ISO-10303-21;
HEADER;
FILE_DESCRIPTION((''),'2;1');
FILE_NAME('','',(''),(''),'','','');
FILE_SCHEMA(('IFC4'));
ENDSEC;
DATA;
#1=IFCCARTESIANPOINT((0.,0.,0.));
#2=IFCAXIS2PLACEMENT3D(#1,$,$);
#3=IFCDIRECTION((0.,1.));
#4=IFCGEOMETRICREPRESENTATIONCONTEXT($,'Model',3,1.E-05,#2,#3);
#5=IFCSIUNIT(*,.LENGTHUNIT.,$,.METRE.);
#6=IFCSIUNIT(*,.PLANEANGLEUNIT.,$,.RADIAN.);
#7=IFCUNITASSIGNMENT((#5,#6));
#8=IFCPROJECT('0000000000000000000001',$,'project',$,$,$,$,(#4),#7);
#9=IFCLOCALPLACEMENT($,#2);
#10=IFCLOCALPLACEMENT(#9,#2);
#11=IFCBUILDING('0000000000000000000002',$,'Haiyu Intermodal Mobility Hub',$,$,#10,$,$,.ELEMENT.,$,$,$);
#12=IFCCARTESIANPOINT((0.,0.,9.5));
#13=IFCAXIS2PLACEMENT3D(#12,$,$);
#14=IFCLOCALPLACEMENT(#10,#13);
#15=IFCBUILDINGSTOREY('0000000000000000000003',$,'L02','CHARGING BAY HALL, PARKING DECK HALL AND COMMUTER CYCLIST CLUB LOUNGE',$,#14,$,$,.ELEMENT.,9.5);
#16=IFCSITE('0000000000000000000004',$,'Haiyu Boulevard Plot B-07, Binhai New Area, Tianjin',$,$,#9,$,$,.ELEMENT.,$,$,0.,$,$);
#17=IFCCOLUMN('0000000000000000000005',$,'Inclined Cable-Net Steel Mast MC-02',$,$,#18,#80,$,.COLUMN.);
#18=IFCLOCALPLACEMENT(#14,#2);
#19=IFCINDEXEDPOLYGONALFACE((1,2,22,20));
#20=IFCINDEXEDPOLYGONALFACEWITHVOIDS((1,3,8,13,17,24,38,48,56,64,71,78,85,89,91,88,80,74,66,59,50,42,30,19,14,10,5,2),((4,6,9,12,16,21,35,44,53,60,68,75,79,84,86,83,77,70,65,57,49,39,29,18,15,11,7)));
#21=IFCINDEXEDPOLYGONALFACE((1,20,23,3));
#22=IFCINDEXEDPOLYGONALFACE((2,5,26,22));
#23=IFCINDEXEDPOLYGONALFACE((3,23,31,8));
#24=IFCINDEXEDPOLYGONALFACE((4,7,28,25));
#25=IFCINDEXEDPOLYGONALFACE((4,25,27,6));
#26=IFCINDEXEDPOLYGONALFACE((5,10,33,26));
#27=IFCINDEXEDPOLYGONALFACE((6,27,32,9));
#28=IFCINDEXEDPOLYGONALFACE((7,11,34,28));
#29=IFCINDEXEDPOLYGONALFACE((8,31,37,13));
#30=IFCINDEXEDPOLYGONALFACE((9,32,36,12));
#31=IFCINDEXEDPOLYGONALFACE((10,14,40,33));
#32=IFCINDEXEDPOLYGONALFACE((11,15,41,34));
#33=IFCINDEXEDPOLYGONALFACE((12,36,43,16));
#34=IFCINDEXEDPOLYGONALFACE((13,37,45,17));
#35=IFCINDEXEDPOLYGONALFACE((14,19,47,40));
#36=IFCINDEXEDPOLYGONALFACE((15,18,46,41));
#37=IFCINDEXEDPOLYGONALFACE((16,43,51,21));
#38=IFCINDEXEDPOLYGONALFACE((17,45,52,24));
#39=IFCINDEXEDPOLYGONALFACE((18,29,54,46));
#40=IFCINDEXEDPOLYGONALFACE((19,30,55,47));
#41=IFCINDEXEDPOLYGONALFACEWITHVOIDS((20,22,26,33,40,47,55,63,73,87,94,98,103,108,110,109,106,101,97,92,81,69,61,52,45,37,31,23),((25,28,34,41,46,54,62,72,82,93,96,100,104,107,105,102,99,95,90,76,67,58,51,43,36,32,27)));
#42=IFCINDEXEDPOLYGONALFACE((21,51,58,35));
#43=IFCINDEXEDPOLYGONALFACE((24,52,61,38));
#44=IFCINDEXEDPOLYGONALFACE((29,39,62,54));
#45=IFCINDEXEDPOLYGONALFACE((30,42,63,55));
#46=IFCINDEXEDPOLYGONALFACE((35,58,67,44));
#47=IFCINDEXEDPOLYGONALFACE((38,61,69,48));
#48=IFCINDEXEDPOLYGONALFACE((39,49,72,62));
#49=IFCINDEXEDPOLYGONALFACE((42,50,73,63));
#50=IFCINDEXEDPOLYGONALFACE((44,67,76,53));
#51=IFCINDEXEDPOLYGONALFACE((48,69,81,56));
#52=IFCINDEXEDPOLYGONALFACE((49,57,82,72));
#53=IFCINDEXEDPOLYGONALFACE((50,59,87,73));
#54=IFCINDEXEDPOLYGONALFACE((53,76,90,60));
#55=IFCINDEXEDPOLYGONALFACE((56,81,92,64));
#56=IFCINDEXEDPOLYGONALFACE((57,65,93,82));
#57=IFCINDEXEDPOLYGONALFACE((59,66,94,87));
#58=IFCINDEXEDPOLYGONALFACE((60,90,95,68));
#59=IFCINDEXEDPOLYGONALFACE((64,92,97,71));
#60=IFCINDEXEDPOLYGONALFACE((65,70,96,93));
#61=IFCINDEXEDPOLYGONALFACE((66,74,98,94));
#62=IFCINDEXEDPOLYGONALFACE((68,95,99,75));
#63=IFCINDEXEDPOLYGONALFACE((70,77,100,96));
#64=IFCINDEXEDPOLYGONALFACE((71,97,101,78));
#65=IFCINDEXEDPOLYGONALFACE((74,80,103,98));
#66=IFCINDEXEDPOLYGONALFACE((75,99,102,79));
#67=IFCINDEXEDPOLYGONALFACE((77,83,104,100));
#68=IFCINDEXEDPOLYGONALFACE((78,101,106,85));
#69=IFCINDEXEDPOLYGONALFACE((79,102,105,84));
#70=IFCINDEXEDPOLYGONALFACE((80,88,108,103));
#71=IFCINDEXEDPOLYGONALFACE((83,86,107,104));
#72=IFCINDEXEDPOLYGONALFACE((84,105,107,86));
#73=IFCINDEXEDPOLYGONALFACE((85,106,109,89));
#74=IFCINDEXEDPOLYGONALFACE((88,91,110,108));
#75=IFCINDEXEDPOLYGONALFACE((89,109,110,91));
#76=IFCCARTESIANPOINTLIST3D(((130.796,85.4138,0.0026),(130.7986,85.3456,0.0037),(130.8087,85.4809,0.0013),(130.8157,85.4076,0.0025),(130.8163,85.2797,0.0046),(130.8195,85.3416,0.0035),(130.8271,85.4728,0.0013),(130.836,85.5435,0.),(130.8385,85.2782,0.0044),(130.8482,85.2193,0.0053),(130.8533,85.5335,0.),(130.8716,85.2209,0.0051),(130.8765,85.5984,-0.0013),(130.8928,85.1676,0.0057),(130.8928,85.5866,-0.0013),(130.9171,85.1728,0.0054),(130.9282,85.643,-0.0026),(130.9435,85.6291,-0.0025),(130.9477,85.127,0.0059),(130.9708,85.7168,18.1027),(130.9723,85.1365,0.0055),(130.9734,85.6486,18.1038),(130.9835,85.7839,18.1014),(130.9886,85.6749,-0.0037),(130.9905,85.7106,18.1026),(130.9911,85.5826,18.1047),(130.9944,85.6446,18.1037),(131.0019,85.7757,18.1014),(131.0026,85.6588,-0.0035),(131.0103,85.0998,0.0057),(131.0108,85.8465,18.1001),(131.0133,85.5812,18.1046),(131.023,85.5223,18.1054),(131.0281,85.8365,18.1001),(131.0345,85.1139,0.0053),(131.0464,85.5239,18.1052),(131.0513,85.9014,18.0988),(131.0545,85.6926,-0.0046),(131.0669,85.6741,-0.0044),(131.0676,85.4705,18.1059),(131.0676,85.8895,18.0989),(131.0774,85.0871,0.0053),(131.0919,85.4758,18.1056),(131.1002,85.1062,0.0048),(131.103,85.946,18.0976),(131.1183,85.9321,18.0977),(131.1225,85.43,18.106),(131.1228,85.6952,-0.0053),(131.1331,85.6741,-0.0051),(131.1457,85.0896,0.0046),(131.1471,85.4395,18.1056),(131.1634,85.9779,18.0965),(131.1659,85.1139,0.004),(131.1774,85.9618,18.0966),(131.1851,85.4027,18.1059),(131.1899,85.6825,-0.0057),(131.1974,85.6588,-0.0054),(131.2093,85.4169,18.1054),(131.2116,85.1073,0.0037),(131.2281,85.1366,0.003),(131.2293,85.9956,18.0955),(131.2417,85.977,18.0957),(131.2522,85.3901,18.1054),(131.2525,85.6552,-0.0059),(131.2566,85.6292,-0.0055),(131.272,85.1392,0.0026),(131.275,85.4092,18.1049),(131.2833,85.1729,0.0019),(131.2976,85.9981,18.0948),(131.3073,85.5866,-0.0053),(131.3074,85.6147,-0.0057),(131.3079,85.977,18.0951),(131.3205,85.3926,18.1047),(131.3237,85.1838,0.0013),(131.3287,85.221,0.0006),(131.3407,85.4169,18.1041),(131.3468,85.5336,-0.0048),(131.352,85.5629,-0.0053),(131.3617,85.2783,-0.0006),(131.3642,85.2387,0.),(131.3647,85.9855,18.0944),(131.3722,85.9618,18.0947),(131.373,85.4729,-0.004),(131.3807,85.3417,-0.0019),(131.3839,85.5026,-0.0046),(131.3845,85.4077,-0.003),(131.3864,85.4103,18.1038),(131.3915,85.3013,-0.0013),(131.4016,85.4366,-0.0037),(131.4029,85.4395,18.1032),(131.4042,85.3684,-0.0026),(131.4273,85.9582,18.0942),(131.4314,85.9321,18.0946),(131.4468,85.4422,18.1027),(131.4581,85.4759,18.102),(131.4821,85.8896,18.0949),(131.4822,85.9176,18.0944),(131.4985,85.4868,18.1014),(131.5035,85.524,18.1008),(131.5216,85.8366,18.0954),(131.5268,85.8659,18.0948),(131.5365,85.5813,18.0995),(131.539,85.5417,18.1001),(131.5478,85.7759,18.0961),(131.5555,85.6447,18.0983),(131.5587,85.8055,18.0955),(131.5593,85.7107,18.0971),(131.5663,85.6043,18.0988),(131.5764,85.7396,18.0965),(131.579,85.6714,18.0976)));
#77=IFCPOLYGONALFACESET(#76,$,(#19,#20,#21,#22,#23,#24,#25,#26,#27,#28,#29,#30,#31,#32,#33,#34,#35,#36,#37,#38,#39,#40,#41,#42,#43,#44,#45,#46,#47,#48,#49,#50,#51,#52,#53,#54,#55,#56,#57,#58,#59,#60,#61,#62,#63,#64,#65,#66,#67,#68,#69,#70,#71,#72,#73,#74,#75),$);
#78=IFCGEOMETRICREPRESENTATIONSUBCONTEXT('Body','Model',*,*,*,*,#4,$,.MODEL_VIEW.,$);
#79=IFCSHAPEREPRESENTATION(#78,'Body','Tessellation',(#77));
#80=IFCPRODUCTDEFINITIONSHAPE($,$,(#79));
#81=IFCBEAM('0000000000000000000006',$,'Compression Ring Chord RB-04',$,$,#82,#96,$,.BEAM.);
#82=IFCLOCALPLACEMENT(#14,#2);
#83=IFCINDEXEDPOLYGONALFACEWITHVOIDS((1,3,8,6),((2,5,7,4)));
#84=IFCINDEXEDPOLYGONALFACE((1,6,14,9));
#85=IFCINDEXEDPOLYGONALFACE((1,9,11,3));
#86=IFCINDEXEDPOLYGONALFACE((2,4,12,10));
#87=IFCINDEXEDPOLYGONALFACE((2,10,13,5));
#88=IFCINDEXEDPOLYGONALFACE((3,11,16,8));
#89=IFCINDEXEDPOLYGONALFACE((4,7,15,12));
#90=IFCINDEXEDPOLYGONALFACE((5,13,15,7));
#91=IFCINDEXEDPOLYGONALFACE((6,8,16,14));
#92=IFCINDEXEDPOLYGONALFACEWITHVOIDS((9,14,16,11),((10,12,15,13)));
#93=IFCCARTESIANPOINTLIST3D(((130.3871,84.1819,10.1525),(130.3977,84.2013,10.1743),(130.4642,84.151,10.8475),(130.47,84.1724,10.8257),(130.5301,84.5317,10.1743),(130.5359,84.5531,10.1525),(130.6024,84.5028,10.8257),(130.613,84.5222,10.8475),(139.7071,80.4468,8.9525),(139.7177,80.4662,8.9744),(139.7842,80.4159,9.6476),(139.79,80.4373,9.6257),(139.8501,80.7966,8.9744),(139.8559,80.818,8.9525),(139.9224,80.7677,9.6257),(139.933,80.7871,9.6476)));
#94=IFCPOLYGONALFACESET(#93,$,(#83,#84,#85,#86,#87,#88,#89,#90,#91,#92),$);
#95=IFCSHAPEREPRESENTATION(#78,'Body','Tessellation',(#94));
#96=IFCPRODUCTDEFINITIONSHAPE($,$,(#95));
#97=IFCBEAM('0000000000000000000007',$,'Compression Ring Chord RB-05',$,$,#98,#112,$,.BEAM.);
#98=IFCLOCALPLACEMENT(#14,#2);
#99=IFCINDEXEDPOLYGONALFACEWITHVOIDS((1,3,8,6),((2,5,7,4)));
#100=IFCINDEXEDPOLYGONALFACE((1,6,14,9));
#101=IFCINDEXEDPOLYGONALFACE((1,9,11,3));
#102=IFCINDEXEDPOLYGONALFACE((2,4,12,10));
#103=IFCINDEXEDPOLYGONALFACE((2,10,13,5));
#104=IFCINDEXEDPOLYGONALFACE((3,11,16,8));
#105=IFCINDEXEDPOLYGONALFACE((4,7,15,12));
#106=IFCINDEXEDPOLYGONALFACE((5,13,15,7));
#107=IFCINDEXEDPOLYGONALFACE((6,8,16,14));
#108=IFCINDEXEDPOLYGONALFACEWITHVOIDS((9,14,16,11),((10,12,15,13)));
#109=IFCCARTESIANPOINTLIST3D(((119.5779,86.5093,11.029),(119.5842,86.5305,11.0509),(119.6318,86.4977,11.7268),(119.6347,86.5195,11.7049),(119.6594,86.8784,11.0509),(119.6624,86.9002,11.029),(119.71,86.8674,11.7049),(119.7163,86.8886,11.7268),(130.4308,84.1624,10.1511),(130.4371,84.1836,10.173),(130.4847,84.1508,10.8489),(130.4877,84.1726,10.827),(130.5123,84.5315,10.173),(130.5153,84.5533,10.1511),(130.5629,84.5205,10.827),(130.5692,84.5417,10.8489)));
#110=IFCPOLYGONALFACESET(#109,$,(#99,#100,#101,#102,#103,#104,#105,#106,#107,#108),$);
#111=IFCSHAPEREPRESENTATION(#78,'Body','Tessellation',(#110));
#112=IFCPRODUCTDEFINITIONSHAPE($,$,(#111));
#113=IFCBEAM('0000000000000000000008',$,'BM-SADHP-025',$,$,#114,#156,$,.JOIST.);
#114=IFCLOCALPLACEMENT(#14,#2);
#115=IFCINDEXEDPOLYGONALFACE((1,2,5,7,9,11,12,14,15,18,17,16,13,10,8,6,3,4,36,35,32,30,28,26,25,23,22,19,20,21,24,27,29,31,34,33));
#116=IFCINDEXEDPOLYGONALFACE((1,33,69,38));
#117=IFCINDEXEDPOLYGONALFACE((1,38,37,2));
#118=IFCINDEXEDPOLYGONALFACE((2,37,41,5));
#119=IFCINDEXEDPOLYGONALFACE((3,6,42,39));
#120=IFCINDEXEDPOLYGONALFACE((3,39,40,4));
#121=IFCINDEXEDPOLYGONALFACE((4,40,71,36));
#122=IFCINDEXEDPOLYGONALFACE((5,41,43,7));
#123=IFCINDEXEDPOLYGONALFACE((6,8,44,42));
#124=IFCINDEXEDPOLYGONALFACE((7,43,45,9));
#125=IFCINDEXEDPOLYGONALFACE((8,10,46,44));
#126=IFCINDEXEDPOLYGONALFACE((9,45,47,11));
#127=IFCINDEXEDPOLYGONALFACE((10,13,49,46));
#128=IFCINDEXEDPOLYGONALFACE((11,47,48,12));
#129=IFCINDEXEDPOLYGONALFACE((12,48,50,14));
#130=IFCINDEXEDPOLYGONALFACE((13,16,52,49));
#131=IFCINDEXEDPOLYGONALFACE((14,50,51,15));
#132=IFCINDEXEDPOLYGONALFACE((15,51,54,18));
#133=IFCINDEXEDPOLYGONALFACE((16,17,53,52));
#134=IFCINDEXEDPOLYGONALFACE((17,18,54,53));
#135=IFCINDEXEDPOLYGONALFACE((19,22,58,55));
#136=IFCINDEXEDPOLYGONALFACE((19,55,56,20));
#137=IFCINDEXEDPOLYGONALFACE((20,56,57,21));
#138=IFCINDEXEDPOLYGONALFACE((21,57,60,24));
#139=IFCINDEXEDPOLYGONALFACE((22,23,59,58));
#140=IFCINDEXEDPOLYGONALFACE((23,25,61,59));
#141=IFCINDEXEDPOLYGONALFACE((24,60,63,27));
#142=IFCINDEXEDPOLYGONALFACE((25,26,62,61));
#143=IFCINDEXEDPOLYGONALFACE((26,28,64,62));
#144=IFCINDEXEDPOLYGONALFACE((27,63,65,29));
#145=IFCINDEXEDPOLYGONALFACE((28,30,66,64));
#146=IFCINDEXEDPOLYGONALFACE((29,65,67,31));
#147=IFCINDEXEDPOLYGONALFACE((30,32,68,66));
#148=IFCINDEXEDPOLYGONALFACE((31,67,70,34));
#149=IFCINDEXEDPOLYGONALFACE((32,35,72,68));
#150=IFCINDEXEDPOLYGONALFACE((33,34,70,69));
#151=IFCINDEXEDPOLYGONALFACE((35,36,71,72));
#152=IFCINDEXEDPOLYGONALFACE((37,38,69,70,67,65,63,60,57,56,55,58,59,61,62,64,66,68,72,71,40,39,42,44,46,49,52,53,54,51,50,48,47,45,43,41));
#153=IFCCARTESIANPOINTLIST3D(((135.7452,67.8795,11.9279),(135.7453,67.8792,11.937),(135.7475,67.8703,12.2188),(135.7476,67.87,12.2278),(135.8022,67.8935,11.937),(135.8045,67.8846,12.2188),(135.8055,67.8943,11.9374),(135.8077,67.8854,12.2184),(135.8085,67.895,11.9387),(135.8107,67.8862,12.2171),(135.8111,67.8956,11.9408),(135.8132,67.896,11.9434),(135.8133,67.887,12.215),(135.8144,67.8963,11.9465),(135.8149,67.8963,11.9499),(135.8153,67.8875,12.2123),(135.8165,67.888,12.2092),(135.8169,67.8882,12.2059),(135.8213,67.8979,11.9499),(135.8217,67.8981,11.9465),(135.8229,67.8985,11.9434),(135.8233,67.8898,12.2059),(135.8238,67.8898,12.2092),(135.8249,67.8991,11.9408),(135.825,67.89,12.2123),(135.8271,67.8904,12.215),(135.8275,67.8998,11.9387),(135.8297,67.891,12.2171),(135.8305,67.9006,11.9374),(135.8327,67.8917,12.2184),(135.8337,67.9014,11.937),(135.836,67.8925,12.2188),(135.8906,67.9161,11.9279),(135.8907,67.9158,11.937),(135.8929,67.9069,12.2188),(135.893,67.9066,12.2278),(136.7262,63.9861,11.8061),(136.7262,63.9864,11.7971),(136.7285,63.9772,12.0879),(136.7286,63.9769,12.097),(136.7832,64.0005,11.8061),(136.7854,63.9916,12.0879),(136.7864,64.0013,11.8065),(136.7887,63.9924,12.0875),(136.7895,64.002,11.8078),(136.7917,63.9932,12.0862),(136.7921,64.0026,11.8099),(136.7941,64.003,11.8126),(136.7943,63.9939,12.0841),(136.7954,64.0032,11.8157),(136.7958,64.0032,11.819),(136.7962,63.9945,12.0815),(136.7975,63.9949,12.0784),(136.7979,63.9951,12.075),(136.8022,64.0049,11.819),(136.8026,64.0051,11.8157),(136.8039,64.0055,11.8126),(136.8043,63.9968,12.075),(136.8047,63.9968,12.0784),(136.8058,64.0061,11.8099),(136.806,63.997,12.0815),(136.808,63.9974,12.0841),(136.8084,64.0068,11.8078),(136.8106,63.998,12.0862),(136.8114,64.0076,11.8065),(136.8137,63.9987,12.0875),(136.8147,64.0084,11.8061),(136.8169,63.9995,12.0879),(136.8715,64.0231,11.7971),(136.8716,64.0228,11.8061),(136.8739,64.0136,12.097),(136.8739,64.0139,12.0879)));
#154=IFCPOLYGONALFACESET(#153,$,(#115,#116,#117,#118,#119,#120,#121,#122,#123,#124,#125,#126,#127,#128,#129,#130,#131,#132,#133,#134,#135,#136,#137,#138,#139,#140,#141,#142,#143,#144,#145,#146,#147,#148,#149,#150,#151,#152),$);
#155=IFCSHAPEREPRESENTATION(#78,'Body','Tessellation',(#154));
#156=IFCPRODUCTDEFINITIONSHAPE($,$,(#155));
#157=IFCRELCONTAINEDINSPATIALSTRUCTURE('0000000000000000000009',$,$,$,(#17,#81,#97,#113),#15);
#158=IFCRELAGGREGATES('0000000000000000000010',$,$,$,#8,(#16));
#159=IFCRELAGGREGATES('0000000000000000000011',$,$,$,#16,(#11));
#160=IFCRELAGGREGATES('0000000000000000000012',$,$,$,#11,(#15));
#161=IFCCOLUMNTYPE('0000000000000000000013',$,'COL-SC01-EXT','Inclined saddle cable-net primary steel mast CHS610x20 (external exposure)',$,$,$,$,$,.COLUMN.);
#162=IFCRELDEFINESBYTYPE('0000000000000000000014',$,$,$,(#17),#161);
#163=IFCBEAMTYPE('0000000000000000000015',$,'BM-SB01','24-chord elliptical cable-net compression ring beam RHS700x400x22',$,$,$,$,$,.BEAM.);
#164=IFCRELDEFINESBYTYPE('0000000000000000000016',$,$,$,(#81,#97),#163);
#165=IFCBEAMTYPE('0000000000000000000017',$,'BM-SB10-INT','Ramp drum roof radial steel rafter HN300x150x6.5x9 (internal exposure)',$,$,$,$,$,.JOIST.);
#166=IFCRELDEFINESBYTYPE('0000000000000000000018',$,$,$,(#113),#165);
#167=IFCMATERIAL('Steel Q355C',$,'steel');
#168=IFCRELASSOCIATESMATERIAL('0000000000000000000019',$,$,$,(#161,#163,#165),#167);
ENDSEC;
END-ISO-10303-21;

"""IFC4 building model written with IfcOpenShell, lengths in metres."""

from ifc_helpers import new_model, si_unit, direction, frame, origin, origin_2d, place, context, subcontext, project, spatial, hollow_rectangle, hollow_circle, i_section, extrude, material, material_profile, profile_set, type_object, element, save


model = new_model("IFC4")

# Units and contexts
model_context = context("Model", 3, precision=1e-05, world=origin(), true_north=direction((0.0, 1.0)))
body_context = subcontext(model_context, "Body", "Model", "MODEL_VIEW")
ifc_project = project(units=[si_unit("LENGTHUNIT", "METRE"), si_unit("PLANEANGLEUNIT", "RADIAN")], contexts=[model_context])

# Site, building, storey
site_placement = place(None, origin())
site = spatial("IfcSite", under=ifc_project, at=site_placement, Name="Haiyu Boulevard Plot B-07, Binhai New Area, Tianjin", CompositionType="ELEMENT", RefElevation=0.0)
building_placement = place(site_placement, origin())
building = spatial("IfcBuilding", under=site, at=building_placement, Name="Haiyu Intermodal Mobility Hub", CompositionType="ELEMENT")
storey_placement = place(building_placement, frame((0.0, 0.0, 9.5)))
storey = spatial("IfcBuildingStorey", under=building, at=storey_placement, Name="L02", Description="CHARGING BAY HALL, PARKING DECK HALL AND COMMUTER CYCLIST CLUB LOUNGE", CompositionType="ELEMENT", Elevation=9.5)

# Column
ifc_material_1 = material(Name="Steel Q355C", Category="steel")
ifc_material_profile_1 = material_profile(ifc_material_1, hollow_circle(Radius=0.3049, WallThickness=0.02, at=origin_2d()), Name="CHS610x20")
ifc_profile_set_1 = profile_set([ifc_material_profile_1], Name="Steel Q355C")
column_type = type_object("IfcColumnType", Name="COL-SC01-EXT", Description="Inclined saddle cable-net primary steel mast CHS610x20 (external exposure)", PredefinedType="COLUMN", material=ifc_profile_set_1)
column_placement = place(storey_placement, frame((131.1001, 85.3911, 0.0), z_axis=(0.009656, 0.016736, 0.999813), x_axis=(-0.866174, 0.499743, 0.0)))
element("IfcColumn", 1, at=column_placement, inside=storey, type_object=column_type, Name="Inclined Cable-Net Steel Mast MC-02", PredefinedType="COLUMN", context=body_context, shape_type="SweptSolid", body=[
    extrude(hollow_circle(Radius=0.3049, WallThickness=0.02, at=origin_2d()), origin(), (0.0, 0.0, 1.0), 18.1035),
])

# Beams
ifc_material_profile_2 = material_profile(ifc_material_1, hollow_rectangle(XDim=0.3999, YDim=0.7, WallThickness=0.022, at=origin_2d()), Name="RHS700x400x22")
ifc_profile_set_2 = profile_set([ifc_material_profile_2], Name="Steel Q355C")
beam_type_1 = type_object("IfcBeamType", Name="BM-SB01", Description="24-chord elliptical cable-net compression ring beam RHS700x400x22", PredefinedType="BEAM", material=ifc_profile_set_2)
beam_1_placement = place(storey_placement, frame((139.8201, 80.6169, 9.3), z_axis=(-0.921675, 0.36937, 0.118665), x_axis=(-0.371998, -0.928233, 0.0)))
element("IfcBeam", 2, at=beam_1_placement, inside=storey, type_object=beam_type_1, Name="Compression Ring Chord RB-04", PredefinedType="BEAM", context=body_context, shape_type="SweptSolid", body=[
    extrude(hollow_rectangle(XDim=0.3999, YDim=0.7, WallThickness=0.022, at=origin_2d()), origin(), (0.0, 0.0, 1.0), 10.1121),
])
beam_2_placement = place(storey_placement, frame((130.5, 84.3521, 10.5), z_axis=(-0.974367, 0.210703, 0.078819), x_axis=(-0.211361, -0.977408, 0.0)))
element("IfcBeam", 3, at=beam_2_placement, inside=storey, type_object=beam_type_1, Name="Compression Ring Chord RB-05", PredefinedType="BEAM", context=body_context, shape_type="SweptSolid", body=[
    extrude(hollow_rectangle(XDim=0.3999, YDim=0.7, WallThickness=0.022, at=origin_2d()), origin(), (0.0, 0.0, 1.0), 11.1384),
])
ifc_material_profile_3 = material_profile(ifc_material_1, i_section(OverallWidth=0.1499, OverallDepth=0.3, WebThickness=0.0066, FlangeThickness=0.009, FilletRadius=0.0129, at=origin_2d()), Name="HN300x150x6.5x9")
ifc_profile_set_3 = profile_set([ifc_material_profile_3], Name="Steel Q355C")
beam_type_2 = type_object("IfcBeamType", Name="BM-SB10-INT", Description="Ramp drum roof radial steel rafter HN300x150x6.5x9 (internal exposure)", PredefinedType="JOIST", material=ifc_profile_set_3)
beam_3_placement = place(storey_placement, frame((136.8, 64.0, 11.947), z_axis=(-0.244208, 0.969175, 0.032577), x_axis=(-0.96969, -0.244338, 0.0)))
element("IfcBeam", 4, at=beam_3_placement, inside=storey, type_object=beam_type_2, Name="BM-SADHP-025", PredefinedType="JOIST", context=body_context, shape_type="SweptSolid", body=[
    extrude(i_section(OverallWidth=0.1499, OverallDepth=0.3, WebThickness=0.0066, FlangeThickness=0.009, FilletRadius=0.0129, at=origin_2d()), origin(), (0.0, 0.0, 1.0), 4.0168),
])

save(model, "model.ifc")
